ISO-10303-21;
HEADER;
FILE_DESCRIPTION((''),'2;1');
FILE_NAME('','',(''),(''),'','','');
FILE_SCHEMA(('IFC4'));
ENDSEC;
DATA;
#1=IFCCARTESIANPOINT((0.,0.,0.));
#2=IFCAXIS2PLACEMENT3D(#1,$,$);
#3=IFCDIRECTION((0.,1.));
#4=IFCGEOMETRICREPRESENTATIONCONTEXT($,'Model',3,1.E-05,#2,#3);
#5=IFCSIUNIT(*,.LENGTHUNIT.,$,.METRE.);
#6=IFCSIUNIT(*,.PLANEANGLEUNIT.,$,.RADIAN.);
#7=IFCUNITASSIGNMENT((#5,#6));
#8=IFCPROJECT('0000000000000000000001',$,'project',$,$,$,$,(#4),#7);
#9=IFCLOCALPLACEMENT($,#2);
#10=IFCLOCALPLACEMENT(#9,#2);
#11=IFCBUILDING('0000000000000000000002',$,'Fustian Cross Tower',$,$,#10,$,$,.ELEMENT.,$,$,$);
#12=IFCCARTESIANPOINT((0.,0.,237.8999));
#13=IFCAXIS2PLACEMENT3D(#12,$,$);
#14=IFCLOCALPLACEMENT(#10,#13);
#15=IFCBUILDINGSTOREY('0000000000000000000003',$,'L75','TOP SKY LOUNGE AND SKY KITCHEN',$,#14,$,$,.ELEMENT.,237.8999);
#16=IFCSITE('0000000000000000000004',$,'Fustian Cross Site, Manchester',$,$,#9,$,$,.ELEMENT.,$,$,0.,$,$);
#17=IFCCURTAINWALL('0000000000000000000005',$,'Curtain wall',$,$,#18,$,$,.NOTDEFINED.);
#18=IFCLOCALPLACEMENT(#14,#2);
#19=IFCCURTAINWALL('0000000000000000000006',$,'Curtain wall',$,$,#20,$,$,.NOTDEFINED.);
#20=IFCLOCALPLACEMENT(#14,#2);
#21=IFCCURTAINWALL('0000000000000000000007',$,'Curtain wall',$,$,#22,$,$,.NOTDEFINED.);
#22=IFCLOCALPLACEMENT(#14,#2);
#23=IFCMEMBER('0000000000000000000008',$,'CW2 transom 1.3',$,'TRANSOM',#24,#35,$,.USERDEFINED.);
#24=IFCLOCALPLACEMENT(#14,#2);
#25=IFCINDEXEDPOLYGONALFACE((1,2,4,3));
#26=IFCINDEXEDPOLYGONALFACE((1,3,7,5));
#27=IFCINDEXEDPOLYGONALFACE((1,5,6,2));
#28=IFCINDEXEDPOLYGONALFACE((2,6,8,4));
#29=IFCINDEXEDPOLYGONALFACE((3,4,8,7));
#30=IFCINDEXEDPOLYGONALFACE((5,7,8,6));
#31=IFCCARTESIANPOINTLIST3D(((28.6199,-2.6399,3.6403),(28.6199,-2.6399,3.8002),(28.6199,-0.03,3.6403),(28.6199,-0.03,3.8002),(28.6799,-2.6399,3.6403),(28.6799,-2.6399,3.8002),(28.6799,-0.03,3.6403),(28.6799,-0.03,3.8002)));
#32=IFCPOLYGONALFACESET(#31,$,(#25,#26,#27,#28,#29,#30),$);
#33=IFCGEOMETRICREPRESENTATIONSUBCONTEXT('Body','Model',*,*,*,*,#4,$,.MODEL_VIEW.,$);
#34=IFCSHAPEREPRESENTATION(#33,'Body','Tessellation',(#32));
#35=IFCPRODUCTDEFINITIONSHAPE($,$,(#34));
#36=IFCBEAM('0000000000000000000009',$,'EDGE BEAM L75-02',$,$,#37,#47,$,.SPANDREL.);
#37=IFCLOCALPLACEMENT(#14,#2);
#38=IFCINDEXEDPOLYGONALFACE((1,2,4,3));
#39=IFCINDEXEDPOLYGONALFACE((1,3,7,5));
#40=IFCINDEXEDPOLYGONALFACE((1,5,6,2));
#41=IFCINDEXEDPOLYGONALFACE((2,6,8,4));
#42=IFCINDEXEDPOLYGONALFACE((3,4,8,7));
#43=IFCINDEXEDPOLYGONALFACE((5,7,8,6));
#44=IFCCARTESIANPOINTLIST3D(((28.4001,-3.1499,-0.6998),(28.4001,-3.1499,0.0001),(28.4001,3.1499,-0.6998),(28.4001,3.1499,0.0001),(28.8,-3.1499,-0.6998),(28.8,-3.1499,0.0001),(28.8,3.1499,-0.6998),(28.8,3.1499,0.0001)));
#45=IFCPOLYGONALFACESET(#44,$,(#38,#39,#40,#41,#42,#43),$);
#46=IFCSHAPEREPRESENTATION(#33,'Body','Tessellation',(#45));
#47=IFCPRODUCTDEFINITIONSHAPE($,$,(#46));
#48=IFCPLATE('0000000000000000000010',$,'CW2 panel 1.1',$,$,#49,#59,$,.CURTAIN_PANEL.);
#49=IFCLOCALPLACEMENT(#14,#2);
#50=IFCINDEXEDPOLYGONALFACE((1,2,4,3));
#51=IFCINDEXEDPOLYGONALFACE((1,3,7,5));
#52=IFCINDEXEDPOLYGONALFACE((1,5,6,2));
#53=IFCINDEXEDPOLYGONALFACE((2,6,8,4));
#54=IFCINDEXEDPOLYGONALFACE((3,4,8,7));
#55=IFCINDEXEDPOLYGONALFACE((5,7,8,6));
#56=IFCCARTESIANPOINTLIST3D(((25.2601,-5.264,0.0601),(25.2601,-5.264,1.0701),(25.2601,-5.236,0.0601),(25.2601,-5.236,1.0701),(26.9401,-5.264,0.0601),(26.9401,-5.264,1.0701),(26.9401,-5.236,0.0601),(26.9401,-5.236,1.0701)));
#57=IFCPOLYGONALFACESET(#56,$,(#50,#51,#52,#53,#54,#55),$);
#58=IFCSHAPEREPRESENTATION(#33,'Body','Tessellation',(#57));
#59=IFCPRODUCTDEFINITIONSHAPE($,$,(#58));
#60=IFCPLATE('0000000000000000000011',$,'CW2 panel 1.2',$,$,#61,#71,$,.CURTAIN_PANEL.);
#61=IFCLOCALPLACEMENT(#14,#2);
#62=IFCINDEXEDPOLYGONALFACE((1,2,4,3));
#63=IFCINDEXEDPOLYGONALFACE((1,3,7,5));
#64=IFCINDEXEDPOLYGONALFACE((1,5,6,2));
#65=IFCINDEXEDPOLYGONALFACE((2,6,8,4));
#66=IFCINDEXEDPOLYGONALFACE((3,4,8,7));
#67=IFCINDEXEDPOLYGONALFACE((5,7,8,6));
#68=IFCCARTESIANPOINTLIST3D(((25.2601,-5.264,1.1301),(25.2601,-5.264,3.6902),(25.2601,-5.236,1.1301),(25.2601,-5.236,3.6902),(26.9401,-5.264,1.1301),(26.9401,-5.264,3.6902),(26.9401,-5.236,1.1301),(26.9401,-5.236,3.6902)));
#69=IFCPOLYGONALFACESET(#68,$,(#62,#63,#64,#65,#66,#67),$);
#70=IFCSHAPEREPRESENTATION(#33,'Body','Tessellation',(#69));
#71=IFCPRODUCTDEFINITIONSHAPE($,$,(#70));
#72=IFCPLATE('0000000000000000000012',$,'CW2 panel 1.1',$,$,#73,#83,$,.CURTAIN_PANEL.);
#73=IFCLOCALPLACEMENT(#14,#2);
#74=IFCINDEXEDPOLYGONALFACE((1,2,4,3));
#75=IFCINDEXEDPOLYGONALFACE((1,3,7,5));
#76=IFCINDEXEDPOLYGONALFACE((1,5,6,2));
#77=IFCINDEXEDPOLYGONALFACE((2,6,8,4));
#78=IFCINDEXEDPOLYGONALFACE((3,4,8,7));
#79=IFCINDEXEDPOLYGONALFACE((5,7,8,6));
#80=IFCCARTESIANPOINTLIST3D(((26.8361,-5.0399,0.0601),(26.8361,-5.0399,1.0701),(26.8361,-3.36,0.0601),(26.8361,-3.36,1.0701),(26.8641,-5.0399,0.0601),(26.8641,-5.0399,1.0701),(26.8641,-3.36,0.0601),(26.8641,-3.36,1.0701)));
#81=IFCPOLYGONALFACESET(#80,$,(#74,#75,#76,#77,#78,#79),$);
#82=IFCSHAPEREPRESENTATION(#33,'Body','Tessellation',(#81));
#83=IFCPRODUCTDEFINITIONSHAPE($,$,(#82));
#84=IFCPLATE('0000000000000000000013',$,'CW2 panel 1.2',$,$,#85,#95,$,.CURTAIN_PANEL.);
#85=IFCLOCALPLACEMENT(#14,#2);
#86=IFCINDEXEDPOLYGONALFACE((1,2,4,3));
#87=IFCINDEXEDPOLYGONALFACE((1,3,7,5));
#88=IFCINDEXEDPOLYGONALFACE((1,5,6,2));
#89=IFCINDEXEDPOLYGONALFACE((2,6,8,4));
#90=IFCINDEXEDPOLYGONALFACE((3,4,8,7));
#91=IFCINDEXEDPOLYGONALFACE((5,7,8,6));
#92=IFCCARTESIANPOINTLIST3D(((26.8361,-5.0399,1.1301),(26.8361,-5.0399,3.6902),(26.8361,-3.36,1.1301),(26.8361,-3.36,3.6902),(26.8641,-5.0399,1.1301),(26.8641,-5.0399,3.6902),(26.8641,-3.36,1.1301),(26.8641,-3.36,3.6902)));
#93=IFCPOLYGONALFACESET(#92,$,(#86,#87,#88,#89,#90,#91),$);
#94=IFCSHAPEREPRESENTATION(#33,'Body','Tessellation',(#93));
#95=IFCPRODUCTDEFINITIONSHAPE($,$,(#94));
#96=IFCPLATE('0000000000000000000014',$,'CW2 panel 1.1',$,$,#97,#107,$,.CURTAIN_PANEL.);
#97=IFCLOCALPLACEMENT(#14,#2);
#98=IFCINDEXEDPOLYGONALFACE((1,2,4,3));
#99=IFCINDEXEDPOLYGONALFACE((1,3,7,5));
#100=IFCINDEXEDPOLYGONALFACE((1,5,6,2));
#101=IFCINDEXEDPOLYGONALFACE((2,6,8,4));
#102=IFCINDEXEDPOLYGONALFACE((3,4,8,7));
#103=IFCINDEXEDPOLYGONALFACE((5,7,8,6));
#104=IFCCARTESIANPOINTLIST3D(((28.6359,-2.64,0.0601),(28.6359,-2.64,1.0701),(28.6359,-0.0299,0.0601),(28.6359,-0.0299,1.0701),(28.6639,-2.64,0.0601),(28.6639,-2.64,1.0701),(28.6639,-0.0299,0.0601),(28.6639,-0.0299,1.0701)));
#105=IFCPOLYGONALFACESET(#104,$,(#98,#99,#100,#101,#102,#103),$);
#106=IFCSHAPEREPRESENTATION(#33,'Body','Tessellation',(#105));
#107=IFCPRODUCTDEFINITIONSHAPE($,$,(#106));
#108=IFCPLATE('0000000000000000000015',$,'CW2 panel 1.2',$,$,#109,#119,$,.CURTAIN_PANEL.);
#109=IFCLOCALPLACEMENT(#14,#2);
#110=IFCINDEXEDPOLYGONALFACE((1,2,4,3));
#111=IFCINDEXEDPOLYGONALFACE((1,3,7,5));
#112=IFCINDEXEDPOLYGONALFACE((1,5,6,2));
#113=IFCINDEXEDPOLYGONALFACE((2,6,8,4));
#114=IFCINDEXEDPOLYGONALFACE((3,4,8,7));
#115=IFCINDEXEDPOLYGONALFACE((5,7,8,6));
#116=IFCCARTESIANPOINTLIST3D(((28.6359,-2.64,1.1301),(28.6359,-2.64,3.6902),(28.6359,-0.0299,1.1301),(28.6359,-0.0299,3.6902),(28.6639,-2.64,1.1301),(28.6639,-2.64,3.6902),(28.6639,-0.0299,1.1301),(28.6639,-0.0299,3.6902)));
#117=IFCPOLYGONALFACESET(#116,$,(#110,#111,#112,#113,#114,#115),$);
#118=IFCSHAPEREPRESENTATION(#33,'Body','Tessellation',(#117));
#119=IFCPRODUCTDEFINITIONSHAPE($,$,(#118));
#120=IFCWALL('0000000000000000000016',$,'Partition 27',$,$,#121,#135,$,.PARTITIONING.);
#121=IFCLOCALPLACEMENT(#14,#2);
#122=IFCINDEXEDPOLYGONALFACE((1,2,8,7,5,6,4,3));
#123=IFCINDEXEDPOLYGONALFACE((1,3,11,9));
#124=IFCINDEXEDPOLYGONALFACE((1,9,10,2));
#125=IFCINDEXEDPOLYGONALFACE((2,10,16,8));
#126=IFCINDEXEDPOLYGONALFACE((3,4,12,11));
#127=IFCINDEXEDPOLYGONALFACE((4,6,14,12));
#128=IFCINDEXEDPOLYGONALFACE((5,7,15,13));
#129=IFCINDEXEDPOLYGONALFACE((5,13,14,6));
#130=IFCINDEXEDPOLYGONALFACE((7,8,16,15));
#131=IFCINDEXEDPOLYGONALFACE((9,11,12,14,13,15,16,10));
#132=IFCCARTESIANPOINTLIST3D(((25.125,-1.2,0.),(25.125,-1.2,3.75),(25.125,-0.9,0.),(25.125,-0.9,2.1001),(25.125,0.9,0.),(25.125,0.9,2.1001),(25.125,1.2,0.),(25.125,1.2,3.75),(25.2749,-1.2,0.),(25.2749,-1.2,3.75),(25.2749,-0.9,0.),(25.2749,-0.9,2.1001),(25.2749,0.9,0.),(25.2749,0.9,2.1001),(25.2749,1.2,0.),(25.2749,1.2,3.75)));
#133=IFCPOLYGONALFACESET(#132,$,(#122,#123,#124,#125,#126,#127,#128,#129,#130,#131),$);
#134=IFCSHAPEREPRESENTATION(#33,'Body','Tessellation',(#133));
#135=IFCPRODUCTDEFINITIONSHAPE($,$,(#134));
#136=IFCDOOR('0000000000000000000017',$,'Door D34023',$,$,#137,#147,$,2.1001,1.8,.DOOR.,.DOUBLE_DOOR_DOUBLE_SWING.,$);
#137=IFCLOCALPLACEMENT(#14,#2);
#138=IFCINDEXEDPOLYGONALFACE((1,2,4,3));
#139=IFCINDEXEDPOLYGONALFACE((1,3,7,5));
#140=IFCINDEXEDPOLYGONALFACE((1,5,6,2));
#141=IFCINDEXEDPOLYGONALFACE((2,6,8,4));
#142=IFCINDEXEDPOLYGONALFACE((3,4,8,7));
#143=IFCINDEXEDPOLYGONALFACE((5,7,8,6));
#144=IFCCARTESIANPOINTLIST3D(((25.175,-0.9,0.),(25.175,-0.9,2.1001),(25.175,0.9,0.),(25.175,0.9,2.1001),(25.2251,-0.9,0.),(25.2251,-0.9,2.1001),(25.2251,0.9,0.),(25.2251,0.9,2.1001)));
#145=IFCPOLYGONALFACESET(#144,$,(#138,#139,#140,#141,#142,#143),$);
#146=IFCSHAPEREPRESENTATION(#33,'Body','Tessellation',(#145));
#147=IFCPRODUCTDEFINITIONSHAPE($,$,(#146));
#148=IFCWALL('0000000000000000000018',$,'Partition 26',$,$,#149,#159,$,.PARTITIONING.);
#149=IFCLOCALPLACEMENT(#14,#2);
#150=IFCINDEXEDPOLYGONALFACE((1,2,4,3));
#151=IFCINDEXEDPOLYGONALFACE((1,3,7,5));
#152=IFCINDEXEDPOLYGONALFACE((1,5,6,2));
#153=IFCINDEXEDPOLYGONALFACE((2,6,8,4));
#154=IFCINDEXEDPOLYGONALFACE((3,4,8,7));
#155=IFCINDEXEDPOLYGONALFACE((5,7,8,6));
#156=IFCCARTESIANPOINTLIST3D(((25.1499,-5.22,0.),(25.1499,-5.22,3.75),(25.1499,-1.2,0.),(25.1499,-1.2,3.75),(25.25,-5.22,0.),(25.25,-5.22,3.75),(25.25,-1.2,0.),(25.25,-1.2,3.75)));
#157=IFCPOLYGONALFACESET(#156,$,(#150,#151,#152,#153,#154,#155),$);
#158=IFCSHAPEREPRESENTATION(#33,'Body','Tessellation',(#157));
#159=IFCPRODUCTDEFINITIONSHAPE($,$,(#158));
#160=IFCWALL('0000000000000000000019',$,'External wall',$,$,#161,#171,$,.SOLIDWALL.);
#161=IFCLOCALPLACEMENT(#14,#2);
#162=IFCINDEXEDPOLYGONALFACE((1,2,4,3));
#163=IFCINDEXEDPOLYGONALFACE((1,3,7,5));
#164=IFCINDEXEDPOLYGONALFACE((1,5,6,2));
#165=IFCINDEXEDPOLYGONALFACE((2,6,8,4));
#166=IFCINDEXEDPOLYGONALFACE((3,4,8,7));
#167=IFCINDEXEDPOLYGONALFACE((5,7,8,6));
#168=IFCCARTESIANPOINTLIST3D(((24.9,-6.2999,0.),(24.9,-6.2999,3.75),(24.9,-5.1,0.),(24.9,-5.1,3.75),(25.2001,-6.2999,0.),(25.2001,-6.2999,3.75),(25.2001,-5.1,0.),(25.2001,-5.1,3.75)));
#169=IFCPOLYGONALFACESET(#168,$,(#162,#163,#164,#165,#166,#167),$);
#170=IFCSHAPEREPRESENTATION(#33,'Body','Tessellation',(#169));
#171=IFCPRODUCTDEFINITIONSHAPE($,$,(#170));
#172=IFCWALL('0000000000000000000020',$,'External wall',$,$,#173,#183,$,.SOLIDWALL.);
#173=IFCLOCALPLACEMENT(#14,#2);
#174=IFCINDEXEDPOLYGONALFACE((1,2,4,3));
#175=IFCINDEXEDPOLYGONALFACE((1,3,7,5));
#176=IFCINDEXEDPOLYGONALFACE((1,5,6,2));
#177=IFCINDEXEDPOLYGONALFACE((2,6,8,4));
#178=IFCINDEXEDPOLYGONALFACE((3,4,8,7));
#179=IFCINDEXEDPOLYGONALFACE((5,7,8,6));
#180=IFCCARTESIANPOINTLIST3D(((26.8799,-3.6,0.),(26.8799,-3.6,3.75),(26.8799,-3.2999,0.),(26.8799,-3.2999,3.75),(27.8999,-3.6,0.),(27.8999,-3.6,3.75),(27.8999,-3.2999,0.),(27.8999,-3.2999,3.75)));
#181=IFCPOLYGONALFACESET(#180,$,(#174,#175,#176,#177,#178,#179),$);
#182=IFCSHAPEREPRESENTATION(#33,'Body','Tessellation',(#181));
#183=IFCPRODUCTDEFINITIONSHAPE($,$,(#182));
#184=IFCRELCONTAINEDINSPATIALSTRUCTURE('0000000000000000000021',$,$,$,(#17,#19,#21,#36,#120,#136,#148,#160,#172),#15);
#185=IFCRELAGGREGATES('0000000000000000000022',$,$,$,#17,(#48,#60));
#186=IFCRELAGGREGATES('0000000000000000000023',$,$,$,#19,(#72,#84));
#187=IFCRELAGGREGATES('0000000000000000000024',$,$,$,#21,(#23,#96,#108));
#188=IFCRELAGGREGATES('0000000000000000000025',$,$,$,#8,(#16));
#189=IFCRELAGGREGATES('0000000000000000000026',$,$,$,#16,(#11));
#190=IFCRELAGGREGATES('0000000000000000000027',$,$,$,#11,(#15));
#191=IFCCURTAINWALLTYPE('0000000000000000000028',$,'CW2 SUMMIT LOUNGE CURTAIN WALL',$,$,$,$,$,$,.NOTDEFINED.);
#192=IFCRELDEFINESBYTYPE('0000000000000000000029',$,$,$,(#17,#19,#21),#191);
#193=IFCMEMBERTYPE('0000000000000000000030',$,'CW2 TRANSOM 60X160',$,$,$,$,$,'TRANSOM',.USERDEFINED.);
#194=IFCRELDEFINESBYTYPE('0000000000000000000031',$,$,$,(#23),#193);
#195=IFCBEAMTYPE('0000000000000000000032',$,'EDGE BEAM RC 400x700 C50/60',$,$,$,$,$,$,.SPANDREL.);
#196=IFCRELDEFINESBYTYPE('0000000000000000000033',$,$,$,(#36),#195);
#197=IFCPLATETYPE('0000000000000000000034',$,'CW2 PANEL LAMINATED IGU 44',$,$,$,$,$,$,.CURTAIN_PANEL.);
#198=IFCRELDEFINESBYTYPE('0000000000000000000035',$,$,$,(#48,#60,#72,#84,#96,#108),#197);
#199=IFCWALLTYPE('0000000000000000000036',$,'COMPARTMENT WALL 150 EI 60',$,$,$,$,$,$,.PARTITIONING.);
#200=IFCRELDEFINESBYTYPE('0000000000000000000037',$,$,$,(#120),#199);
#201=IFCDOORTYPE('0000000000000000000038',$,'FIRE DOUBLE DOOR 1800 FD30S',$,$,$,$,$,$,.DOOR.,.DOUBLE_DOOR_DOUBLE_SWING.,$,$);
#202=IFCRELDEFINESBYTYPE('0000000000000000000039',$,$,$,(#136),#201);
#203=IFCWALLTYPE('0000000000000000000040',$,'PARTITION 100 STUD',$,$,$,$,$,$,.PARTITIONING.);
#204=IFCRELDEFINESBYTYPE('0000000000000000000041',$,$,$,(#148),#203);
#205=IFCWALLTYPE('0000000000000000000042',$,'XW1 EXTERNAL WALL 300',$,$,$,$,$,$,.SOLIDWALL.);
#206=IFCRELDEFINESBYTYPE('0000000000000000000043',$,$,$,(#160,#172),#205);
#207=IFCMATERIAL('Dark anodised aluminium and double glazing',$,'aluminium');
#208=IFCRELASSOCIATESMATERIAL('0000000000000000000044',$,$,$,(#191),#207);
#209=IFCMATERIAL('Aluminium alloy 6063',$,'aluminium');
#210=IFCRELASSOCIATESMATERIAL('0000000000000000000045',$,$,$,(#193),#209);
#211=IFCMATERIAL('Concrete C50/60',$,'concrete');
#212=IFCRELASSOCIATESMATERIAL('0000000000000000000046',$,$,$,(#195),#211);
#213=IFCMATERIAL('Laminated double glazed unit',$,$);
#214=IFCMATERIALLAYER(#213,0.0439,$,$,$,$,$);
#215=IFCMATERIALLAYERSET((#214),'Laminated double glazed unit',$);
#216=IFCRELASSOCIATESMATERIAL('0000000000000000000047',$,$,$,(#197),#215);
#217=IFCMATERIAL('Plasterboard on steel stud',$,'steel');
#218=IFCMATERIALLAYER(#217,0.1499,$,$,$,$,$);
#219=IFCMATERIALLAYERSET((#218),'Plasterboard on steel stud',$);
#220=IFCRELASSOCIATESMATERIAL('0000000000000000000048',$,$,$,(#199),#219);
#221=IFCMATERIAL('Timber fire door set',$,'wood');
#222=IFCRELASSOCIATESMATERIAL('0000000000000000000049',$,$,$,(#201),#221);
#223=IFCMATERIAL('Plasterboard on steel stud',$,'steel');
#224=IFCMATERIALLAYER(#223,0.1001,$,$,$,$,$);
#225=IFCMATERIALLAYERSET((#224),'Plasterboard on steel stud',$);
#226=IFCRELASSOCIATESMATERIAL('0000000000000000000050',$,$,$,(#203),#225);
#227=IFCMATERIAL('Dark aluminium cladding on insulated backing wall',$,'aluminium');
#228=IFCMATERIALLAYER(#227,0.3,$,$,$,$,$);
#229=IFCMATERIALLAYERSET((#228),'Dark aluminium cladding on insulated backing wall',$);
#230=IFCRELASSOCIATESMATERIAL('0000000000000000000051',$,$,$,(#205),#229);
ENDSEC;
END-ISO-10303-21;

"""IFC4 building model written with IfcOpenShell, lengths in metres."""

from ifc_helpers import new_model, si_unit, direction, frame, frame_2d, origin, origin_2d, place, context, subcontext, project, spatial, rectangle, extrude, material, layer, layer_set, material_profile, profile_set, type_object, element, fill, aggregate, save


model = new_model("IFC4")

# Units and contexts
model_context = context("Model", 3, precision=1e-05, world=origin(), true_north=direction((0.0, 1.0)))
body_context = subcontext(model_context, "Body", "Model", "MODEL_VIEW")
ifc_project = project(units=[si_unit("LENGTHUNIT", "METRE"), si_unit("PLANEANGLEUNIT", "RADIAN")], contexts=[model_context])

# Site, building, storey
site_placement = place(None, origin())
site = spatial("IfcSite", under=ifc_project, at=site_placement, Name="Fustian Cross Site, Manchester", CompositionType="ELEMENT", RefElevation=0.0)
building_placement = place(site_placement, origin())
building = spatial("IfcBuilding", under=site, at=building_placement, Name="Fustian Cross Tower", CompositionType="ELEMENT")
storey_placement = place(building_placement, frame((0.0, 0.0, 237.8999)))
storey = spatial("IfcBuildingStorey", under=building, at=storey_placement, Name="L75", Description="TOP SKY LOUNGE AND SKY KITCHEN", CompositionType="ELEMENT", Elevation=237.8999)

# Curtain walls
ifc_material_1 = material(Name="Dark anodised aluminium and double glazing", Category="aluminium")
curtain_wall_type = type_object("IfcCurtainWallType", Name="CW2 SUMMIT LOUNGE CURTAIN WALL", PredefinedType="NOTDEFINED", material=ifc_material_1)
curtain_wall_1_placement = place(storey_placement, origin())
curtain_wall_1 = element("IfcCurtainWall", 1, at=curtain_wall_1_placement, inside=storey, type_object=curtain_wall_type, Name="Curtain wall", PredefinedType="NOTDEFINED")
curtain_wall_2_placement = place(storey_placement, origin())
curtain_wall_2 = element("IfcCurtainWall", 2, at=curtain_wall_2_placement, inside=storey, type_object=curtain_wall_type, Name="Curtain wall", PredefinedType="NOTDEFINED")

# Curtain wall
curtain_wall_3_placement = place(storey_placement, origin())
curtain_wall_3 = element("IfcCurtainWall", 3, at=curtain_wall_3_placement, inside=storey, type_object=curtain_wall_type, Name="Curtain wall", PredefinedType="NOTDEFINED")

# Member
ifc_material_2 = material(Name="Aluminium alloy 6063", Category="aluminium")
ifc_material_profile_1 = material_profile(ifc_material_2, rectangle(XDim=0.0601, YDim=0.1599, at=origin_2d()), Name="CW2 TRANSOM 60X160")
ifc_profile_set_1 = profile_set([ifc_material_profile_1], Name="Aluminium alloy 6063")
member_type_1 = type_object("IfcMemberType", Name="CW2 TRANSOM 60X160", ElementType="TRANSOM", PredefinedType="USERDEFINED", material=ifc_profile_set_1)
member_1_placement = place(storey_placement, frame((28.6499, -2.6399, 3.7202), z_axis=(0.0, 1.0, 0.0), x_axis=(-1.0, 0.0, 0.0)))
member_1 = element("IfcMember", 4, at=member_1_placement, type_object=member_type_1, Name="CW2 transom 1.3", ObjectType="TRANSOM", PredefinedType="USERDEFINED", context=body_context, shape_type="SweptSolid", body=[
    extrude(rectangle(XDim=0.0601, YDim=0.1599, at=origin_2d()), origin(), (0.0, 0.0, 1.0), 2.6099),
])

# Beam
ifc_material_3 = material(Name="Concrete C50/60", Category="concrete")
ifc_material_profile_2 = material_profile(ifc_material_3, rectangle(XDim=0.3999, YDim=0.7, at=origin_2d()), Name="RC 400x700")
ifc_profile_set_2 = profile_set([ifc_material_profile_2], Name="Concrete C50/60")
beam_type = type_object("IfcBeamType", Name="EDGE BEAM RC 400x700 C50/60", PredefinedType="SPANDREL", material=ifc_profile_set_2)
beam_placement = place(storey_placement, frame((28.6001, -3.1499, -0.3499), z_axis=(0.0, 1.0, 0.0), x_axis=(-1.0, 0.0, 0.0)))
element("IfcBeam", 5, at=beam_placement, inside=storey, type_object=beam_type, Name="EDGE BEAM L75-02", PredefinedType="SPANDREL", context=body_context, shape_type="SweptSolid", body=[
    extrude(rectangle(XDim=0.3999, YDim=0.7, at=origin_2d()), origin(), (0.0, 0.0, 1.0), 6.2998),
])

# Plates
ifc_material_4 = material(Name="Laminated double glazed unit")
ifc_layer_1 = layer(ifc_material_4, 0.0439)
ifc_layer_set_1 = layer_set([ifc_layer_1], Name="Laminated double glazed unit")
plate_type = type_object("IfcPlateType", Name="CW2 PANEL LAMINATED IGU 44", PredefinedType="CURTAIN_PANEL", material=ifc_layer_set_1)
plate_1_placement = place(storey_placement, frame((26.1001, -5.25, 0.0601), z_axis=(0.0, 0.0, 1.0), x_axis=(1.0, 0.0, 0.0)))
plate_1 = element("IfcPlate", 6, at=plate_1_placement, type_object=plate_type, Name="CW2 panel 1.1", PredefinedType="CURTAIN_PANEL", context=body_context, shape_type="SweptSolid", body=[
    extrude(rectangle(XDim=1.6799, YDim=0.0281, at=origin_2d()), origin(), (0.0, 0.0, 1.0), 1.01),
])
plate_2_placement = place(storey_placement, frame((26.1001, -5.25, 1.1301), z_axis=(0.0, 0.0, 1.0), x_axis=(1.0, 0.0, 0.0)))
plate_2 = element("IfcPlate", 7, at=plate_2_placement, type_object=plate_type, Name="CW2 panel 1.2", PredefinedType="CURTAIN_PANEL", context=body_context, shape_type="SweptSolid", body=[
    extrude(rectangle(XDim=1.6799, YDim=0.0281, at=origin_2d()), origin(), (0.0, 0.0, 1.0), 2.5601),
])
aggregate(curtain_wall_1, [plate_1, plate_2])
plate_3_placement = place(storey_placement, frame((26.8501, -4.2, 0.0601), z_axis=(0.0, 0.0, 1.0), x_axis=(0.0, 1.0, 0.0)))
plate_3 = element("IfcPlate", 8, at=plate_3_placement, type_object=plate_type, Name="CW2 panel 1.1", PredefinedType="CURTAIN_PANEL", context=body_context, shape_type="SweptSolid", body=[
    extrude(rectangle(XDim=1.6799, YDim=0.0281, at=origin_2d()), origin(), (0.0, 0.0, 1.0), 1.01),
])
plate_4_placement = place(storey_placement, frame((26.8501, -4.2, 1.1301), z_axis=(0.0, 0.0, 1.0), x_axis=(0.0, 1.0, 0.0)))
plate_4 = element("IfcPlate", 9, at=plate_4_placement, type_object=plate_type, Name="CW2 panel 1.2", PredefinedType="CURTAIN_PANEL", context=body_context, shape_type="SweptSolid", body=[
    extrude(rectangle(XDim=1.6799, YDim=0.0281, at=origin_2d()), origin(), (0.0, 0.0, 1.0), 2.5601),
])
aggregate(curtain_wall_2, [plate_3, plate_4])
plate_5_placement = place(storey_placement, frame((28.6499, -1.335, 0.0601), z_axis=(0.0, 0.0, 1.0), x_axis=(0.0, 1.0, 0.0)))
plate_5 = element("IfcPlate", 10, at=plate_5_placement, type_object=plate_type, Name="CW2 panel 1.1", PredefinedType="CURTAIN_PANEL", context=body_context, shape_type="SweptSolid", body=[
    extrude(rectangle(XDim=2.6101, YDim=0.0281, at=origin_2d()), origin(), (0.0, 0.0, 1.0), 1.01),
])
plate_6_placement = place(storey_placement, frame((28.6499, -1.335, 1.1301), z_axis=(0.0, 0.0, 1.0), x_axis=(0.0, 1.0, 0.0)))
plate_6 = element("IfcPlate", 11, at=plate_6_placement, type_object=plate_type, Name="CW2 panel 1.2", PredefinedType="CURTAIN_PANEL", context=body_context, shape_type="SweptSolid", body=[
    extrude(rectangle(XDim=2.6101, YDim=0.0281, at=origin_2d()), origin(), (0.0, 0.0, 1.0), 2.5601),
])
aggregate(curtain_wall_3, [member_1, plate_5, plate_6])

# Wall, opening, door
ifc_material_5 = material(Name="Plasterboard on steel stud", Category="steel")
ifc_layer_2 = layer(ifc_material_5, 0.1499)
ifc_layer_set_2 = layer_set([ifc_layer_2], Name="Plasterboard on steel stud")
wall_type_1 = type_object("IfcWallType", Name="COMPARTMENT WALL 150 EI 60", PredefinedType="PARTITIONING", material=ifc_layer_set_2)
wall_1_placement = place(storey_placement, frame((25.2, -1.2, 0.0), z_axis=(0.0, 0.0, 1.0), x_axis=(0.0, 1.0, 0.0)))
wall_1 = element("IfcWall", 12, at=wall_1_placement, inside=storey, type_object=wall_type_1, Name="Partition 27", PredefinedType="PARTITIONING", context=body_context, shape_type="SweptSolid", body=[
    extrude(rectangle(XDim=2.3999, YDim=0.1499, at=frame_2d((1.2, 0.0))), origin(), (0.0, 0.0, 1.0), 3.75),
])
opening_placement = place(wall_1_placement, frame((0.3, 0.0, 0.0)))
opening = element("IfcOpeningElement", 13, at=opening_placement, cuts=wall_1, PredefinedType="OPENING", context=body_context, shape_type="SweptSolid", body=[
    extrude(rectangle(XDim=1.8, YDim=2.1001, at=frame_2d((0.8999, 1.05))), frame((0.0, 0.085, 0.0), z_axis=(0.0, -1.0, 0.0), x_axis=(1.0, 0.0, 0.0)), (0.0, 0.0, 1.0), 0.1699),
])
ifc_material_6 = material(Name="Timber fire door set", Category="wood")
door_type = type_object("IfcDoorType", Name="FIRE DOUBLE DOOR 1800 FD30S", OperationType="DOUBLE_DOOR_DOUBLE_SWING", PredefinedType="DOOR", material=ifc_material_6)
door_placement = place(opening_placement, origin())
door = element("IfcDoor", 14, at=door_placement, inside=storey, type_object=door_type, Name="Door D34023", OperationType="DOUBLE_DOOR_DOUBLE_SWING", OverallHeight=2.1001, OverallWidth=1.8, PredefinedType="DOOR", context=body_context, shape_type="SweptSolid", body=[
    extrude(rectangle(XDim=1.8, YDim=2.1001, at=frame_2d((0.8999, 1.05))), frame((0.0, 0.0249, 0.0), z_axis=(0.0, -1.0, 0.0), x_axis=(1.0, 0.0, 0.0)), (0.0, 0.0, 1.0), 0.05),
])
fill(opening, door)

# Walls
ifc_material_7 = material(Name="Plasterboard on steel stud", Category="steel")
ifc_layer_3 = layer(ifc_material_7, 0.1001)
ifc_layer_set_3 = layer_set([ifc_layer_3], Name="Plasterboard on steel stud")
wall_type_2 = type_object("IfcWallType", Name="PARTITION 100 STUD", PredefinedType="PARTITIONING", material=ifc_layer_set_3)
wall_2_placement = place(storey_placement, frame((25.2, -5.22, 0.0), z_axis=(0.0, 0.0, 1.0), x_axis=(0.0, 1.0, 0.0)))
element("IfcWall", 15, at=wall_2_placement, inside=storey, type_object=wall_type_2, Name="Partition 26", PredefinedType="PARTITIONING", context=body_context, shape_type="SweptSolid", body=[
    extrude(rectangle(XDim=4.02, YDim=0.1001, at=frame_2d((2.01, 0.0))), origin(), (0.0, 0.0, 1.0), 3.75),
])
ifc_material_8 = material(Name="Dark aluminium cladding on insulated backing wall", Category="aluminium")
ifc_layer_4 = layer(ifc_material_8, 0.3)
ifc_layer_set_4 = layer_set([ifc_layer_4], Name="Dark aluminium cladding on insulated backing wall")
wall_type_3 = type_object("IfcWallType", Name="XW1 EXTERNAL WALL 300", PredefinedType="SOLIDWALL", material=ifc_layer_set_4)
wall_3_placement = place(storey_placement, frame((25.05, -6.3, 0.0), z_axis=(0.0, 0.0, 1.0), x_axis=(0.0, 1.0, 0.0)))
element("IfcWall", 16, at=wall_3_placement, inside=storey, type_object=wall_type_3, Name="External wall", PredefinedType="SOLIDWALL", context=body_context, shape_type="SweptSolid", body=[
    extrude(rectangle(XDim=1.2, YDim=0.3, at=frame_2d((0.6001, 0.0))), origin(), (0.0, 0.0, 1.0), 3.75),
])
wall_4_placement = place(storey_placement, frame((26.8799, -3.45, 0.0), z_axis=(0.0, 0.0, 1.0), x_axis=(1.0, 0.0, 0.0)))
element("IfcWall", 17, at=wall_4_placement, inside=storey, type_object=wall_type_3, Name="External wall", PredefinedType="SOLIDWALL", context=body_context, shape_type="SweptSolid", body=[
    extrude(rectangle(XDim=1.02, YDim=0.3, at=frame_2d((0.51, 0.0))), origin(), (0.0, 0.0, 1.0), 3.75),
])

save(model, "model.ifc")
